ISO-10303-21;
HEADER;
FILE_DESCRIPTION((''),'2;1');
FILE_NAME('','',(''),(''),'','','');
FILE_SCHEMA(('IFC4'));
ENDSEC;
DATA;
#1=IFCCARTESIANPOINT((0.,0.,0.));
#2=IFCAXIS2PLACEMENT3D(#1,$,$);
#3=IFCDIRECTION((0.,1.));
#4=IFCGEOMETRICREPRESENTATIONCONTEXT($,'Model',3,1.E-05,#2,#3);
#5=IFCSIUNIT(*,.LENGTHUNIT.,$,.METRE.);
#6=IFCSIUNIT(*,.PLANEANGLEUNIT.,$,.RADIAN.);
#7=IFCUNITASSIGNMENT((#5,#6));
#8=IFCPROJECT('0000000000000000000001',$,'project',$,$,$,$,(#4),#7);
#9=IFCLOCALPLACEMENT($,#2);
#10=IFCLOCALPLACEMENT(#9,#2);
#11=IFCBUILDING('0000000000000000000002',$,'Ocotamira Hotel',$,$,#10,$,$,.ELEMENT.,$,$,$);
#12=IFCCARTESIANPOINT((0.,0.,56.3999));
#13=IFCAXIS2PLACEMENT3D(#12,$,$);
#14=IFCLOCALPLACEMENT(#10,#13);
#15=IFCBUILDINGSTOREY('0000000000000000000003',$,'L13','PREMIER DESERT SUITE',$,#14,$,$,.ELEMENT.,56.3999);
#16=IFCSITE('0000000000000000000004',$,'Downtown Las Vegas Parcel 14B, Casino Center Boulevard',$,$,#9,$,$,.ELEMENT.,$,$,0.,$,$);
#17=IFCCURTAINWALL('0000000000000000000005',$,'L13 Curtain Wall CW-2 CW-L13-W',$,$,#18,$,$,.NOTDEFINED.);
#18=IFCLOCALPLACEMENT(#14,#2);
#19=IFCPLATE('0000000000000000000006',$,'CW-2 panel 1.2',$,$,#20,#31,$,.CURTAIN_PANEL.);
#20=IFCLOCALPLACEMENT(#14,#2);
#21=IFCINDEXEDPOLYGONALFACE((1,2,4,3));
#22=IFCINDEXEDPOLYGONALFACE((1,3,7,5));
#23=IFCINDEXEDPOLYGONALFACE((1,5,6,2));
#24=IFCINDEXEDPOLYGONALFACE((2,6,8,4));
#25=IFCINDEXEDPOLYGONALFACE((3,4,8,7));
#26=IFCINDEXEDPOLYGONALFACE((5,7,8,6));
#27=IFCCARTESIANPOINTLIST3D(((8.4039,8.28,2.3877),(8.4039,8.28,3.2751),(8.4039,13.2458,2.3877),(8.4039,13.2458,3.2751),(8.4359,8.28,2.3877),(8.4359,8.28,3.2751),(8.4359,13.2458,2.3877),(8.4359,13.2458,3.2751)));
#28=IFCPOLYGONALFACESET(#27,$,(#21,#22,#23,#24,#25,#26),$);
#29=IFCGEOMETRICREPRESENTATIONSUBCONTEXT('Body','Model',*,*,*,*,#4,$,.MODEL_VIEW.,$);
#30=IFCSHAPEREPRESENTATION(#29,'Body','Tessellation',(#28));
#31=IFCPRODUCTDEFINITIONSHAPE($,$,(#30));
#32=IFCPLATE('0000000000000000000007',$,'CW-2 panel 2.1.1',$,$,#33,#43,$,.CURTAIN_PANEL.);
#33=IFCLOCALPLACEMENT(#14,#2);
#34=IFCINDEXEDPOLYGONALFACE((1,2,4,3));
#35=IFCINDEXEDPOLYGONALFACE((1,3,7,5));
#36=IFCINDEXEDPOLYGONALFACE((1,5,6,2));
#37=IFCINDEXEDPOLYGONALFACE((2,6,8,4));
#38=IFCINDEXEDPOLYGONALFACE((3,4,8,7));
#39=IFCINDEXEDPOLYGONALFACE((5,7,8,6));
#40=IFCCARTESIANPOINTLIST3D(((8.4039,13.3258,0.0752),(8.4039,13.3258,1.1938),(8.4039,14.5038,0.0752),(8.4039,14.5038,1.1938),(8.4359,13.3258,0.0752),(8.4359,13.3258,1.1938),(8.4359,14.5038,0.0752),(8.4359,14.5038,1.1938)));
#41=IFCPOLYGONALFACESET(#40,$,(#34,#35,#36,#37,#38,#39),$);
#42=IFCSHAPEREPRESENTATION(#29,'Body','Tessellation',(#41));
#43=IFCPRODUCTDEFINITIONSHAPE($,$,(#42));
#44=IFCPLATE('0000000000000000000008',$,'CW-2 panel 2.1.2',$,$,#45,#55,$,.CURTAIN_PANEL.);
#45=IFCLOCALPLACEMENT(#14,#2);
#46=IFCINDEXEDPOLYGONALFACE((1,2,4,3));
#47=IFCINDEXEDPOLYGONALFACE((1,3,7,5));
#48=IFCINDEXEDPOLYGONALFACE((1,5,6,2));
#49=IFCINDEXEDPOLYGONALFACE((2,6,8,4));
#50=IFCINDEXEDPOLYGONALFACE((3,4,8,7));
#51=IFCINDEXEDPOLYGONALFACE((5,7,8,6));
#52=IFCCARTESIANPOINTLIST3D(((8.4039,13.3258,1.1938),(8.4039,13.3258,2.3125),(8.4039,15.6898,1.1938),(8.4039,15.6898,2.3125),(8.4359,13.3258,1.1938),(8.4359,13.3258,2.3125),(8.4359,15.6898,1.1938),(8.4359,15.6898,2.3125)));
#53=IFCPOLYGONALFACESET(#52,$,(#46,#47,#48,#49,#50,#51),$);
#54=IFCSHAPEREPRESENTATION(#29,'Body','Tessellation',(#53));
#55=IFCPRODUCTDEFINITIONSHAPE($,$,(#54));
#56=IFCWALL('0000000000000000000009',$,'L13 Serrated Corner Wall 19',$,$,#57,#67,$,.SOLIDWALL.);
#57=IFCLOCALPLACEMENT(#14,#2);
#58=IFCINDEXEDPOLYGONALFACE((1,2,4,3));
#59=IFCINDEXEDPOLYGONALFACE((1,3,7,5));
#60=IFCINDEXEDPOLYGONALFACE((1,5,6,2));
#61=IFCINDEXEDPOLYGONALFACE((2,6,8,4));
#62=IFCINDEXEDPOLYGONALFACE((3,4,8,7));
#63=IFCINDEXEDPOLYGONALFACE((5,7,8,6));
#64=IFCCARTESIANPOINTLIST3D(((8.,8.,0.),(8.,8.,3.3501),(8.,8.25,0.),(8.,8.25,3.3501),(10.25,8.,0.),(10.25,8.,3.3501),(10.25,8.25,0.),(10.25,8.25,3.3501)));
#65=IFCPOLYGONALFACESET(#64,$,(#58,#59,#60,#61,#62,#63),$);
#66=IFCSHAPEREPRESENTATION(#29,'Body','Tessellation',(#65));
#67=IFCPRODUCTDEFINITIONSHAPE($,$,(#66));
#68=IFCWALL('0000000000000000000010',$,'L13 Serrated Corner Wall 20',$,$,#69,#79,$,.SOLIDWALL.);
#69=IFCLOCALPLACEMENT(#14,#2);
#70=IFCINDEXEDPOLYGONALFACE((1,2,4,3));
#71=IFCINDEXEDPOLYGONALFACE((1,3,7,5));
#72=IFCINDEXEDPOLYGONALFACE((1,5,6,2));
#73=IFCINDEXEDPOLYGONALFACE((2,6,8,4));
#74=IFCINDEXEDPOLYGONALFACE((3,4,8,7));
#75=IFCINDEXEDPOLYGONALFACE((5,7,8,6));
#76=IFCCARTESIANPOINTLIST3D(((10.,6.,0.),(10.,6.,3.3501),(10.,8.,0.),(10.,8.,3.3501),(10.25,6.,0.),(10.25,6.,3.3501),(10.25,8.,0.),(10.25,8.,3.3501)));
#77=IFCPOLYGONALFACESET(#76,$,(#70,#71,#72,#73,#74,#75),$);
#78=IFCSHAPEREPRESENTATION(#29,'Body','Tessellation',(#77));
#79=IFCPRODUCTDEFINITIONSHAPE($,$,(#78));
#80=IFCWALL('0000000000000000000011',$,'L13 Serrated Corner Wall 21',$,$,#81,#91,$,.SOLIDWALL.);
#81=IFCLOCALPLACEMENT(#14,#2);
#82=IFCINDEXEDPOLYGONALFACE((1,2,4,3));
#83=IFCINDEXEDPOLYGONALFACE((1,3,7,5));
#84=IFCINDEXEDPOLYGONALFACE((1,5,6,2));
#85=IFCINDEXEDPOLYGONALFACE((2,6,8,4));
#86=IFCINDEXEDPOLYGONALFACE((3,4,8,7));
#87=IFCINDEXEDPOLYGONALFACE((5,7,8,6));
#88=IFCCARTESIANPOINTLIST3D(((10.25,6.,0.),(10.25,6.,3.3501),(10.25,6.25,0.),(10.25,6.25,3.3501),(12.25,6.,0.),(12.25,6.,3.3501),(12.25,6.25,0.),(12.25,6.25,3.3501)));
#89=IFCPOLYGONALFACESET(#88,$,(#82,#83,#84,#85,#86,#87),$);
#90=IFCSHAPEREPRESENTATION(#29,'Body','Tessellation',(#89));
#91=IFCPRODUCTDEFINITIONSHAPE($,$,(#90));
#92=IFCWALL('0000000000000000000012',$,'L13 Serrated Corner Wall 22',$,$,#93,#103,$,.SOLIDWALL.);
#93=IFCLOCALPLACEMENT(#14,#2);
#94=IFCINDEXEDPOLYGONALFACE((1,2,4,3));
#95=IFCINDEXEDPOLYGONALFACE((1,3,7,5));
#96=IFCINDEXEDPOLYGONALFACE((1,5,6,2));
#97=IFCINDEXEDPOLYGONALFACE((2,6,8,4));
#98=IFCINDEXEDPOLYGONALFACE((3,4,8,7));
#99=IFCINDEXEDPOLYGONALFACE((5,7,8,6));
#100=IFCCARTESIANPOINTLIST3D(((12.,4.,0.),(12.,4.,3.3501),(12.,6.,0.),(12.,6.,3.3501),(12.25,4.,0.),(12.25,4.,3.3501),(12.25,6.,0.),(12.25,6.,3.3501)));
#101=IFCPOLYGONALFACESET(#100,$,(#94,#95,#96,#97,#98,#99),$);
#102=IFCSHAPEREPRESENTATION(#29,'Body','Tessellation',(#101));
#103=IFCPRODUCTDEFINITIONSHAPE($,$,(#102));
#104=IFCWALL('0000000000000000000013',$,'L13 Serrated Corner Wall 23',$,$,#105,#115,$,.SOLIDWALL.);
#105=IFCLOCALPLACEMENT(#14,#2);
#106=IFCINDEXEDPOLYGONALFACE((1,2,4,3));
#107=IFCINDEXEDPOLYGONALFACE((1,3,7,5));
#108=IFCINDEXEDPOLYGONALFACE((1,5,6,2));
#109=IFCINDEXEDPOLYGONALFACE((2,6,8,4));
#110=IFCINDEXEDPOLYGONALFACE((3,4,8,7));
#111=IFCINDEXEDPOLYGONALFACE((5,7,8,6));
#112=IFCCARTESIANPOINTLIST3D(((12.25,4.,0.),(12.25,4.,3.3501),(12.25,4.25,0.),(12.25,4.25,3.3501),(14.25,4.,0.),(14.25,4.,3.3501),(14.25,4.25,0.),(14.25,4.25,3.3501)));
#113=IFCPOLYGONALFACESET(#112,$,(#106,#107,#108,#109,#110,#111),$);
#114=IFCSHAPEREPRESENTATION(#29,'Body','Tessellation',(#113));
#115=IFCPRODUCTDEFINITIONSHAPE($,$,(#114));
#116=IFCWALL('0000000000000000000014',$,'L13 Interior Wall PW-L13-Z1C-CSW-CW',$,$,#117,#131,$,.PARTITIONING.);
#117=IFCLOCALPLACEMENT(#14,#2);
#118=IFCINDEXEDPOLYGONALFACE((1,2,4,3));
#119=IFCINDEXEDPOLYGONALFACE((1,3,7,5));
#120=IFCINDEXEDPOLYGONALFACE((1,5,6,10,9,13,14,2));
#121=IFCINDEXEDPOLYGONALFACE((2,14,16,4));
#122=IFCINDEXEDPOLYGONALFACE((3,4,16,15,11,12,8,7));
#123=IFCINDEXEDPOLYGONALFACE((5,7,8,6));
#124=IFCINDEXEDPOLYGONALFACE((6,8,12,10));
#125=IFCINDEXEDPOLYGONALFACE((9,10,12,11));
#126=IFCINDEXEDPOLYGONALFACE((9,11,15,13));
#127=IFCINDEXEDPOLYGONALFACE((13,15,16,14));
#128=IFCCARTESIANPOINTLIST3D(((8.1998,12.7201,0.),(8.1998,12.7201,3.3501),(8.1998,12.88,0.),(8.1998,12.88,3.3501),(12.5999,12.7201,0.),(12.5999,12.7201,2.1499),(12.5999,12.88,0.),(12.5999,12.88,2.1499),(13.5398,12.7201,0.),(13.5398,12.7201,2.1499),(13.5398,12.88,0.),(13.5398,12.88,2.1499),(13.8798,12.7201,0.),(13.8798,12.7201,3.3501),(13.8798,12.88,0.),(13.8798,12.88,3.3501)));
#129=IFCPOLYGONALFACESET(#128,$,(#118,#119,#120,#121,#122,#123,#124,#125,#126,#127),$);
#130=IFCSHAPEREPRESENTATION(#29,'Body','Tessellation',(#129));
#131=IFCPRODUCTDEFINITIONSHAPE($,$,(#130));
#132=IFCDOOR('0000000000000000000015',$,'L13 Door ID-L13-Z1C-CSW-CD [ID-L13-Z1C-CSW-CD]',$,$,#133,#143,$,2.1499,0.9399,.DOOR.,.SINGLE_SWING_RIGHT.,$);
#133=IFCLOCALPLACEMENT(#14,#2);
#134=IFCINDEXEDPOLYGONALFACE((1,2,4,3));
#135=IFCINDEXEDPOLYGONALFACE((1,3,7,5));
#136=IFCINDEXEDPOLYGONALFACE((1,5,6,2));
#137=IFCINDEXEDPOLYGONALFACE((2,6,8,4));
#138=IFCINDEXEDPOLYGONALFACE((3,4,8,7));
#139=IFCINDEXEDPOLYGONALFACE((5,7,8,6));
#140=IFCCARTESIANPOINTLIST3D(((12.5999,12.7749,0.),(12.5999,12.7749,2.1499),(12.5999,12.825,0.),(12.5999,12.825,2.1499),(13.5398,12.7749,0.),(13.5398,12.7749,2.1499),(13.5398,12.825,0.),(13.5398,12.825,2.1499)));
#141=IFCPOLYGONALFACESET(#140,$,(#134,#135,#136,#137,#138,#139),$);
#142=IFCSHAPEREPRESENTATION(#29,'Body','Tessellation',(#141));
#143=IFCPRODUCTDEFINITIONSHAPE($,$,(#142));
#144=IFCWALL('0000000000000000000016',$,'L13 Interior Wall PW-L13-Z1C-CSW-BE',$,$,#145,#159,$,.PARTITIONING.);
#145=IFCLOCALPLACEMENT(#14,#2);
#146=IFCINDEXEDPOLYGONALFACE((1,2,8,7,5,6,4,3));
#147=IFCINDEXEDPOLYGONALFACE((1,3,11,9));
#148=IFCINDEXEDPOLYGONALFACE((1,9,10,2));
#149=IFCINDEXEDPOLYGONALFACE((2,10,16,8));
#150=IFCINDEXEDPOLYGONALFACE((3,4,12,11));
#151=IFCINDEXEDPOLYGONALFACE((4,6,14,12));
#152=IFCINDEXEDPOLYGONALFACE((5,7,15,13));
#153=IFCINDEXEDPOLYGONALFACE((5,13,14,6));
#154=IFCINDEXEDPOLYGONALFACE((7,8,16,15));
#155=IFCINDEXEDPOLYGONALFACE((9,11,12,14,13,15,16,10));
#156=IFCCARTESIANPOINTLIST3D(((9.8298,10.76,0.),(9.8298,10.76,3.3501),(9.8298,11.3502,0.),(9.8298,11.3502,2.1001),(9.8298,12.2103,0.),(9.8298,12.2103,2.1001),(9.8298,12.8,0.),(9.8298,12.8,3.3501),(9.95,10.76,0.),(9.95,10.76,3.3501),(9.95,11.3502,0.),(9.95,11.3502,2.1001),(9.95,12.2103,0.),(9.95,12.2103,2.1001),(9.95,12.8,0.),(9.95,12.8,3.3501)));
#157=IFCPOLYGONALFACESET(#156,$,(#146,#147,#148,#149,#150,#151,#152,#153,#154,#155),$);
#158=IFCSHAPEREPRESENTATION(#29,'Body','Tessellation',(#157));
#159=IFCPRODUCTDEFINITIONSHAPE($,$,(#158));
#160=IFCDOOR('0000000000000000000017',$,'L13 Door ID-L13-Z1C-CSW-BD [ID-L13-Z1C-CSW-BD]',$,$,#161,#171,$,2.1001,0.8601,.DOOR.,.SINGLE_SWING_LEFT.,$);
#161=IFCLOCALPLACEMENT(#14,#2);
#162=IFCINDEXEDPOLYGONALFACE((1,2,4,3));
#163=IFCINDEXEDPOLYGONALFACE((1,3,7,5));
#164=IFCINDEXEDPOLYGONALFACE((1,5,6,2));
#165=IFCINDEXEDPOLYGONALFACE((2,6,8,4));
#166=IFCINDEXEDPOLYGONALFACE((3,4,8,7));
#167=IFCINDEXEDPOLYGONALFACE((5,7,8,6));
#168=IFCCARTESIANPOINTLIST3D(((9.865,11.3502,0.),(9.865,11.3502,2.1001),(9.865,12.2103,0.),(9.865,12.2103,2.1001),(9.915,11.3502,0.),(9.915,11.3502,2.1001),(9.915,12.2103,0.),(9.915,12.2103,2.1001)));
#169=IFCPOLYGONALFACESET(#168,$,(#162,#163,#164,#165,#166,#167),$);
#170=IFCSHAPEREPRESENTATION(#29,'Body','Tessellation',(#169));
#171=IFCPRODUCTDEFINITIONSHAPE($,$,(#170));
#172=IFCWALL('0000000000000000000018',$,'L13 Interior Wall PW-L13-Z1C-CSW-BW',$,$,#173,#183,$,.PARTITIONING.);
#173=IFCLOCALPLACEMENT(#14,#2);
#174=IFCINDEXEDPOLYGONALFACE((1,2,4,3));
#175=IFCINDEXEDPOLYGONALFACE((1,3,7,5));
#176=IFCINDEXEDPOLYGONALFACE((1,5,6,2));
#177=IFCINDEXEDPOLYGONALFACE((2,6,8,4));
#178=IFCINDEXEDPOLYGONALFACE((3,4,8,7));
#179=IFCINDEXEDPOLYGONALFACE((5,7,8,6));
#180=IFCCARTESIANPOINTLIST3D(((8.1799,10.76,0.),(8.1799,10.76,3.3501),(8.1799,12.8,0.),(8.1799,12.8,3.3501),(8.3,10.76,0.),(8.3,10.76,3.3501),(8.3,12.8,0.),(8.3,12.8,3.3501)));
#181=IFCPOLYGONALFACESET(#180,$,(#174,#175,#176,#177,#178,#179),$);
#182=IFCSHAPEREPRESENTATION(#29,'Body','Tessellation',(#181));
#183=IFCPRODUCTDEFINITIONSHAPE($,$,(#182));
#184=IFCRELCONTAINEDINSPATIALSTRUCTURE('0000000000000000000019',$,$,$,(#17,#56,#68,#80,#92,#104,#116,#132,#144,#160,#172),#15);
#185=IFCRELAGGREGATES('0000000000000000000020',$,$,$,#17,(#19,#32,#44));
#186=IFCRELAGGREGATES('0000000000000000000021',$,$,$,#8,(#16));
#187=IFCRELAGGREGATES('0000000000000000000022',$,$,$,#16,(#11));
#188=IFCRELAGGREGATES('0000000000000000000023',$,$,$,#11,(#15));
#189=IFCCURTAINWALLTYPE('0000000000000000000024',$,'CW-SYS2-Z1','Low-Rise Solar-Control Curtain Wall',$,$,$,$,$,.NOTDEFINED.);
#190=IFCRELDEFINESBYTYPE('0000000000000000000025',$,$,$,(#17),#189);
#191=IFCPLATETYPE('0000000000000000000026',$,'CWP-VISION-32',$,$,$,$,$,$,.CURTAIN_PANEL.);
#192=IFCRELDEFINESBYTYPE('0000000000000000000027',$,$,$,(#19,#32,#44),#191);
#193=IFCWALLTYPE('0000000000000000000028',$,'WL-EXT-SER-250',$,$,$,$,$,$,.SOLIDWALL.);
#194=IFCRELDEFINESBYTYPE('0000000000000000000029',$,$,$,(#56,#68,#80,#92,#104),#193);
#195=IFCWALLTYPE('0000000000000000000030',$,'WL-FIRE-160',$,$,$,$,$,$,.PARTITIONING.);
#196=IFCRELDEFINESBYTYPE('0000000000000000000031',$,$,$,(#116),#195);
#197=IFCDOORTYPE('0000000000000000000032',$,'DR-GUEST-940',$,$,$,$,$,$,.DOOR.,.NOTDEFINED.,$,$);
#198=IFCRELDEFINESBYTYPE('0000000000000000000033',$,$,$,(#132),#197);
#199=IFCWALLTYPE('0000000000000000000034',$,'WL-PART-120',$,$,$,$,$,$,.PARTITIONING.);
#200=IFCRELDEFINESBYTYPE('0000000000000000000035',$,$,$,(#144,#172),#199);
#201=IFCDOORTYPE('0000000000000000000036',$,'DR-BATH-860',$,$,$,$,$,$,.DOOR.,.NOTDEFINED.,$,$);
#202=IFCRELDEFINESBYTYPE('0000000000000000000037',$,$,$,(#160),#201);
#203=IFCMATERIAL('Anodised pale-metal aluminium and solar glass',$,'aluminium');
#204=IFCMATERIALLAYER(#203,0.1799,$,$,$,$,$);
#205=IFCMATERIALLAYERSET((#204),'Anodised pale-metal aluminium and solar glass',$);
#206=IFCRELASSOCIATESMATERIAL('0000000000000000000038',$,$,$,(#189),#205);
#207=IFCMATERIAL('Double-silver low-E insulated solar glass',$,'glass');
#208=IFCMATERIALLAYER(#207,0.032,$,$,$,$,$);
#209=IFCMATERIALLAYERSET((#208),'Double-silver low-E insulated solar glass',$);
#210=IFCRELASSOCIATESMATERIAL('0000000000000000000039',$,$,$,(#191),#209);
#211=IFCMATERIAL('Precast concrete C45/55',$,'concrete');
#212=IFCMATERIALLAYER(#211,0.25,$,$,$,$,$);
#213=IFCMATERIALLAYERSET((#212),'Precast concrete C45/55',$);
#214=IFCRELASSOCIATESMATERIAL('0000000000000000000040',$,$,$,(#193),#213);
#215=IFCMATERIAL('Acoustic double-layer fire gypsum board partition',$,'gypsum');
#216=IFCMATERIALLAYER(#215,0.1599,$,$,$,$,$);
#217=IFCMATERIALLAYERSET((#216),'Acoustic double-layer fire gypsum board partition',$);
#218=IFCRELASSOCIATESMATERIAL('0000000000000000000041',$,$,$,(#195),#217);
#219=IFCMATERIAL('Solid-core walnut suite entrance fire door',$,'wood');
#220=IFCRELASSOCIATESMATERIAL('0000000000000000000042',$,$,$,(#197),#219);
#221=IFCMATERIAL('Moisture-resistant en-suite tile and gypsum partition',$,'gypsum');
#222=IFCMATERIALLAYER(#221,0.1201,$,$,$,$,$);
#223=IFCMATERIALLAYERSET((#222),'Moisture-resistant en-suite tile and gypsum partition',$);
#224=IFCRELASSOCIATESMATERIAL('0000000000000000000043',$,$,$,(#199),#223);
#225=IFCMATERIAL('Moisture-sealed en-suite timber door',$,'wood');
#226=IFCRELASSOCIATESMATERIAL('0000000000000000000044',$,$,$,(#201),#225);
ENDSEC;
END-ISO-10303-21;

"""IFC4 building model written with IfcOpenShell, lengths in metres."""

from ifc_helpers import new_model, si_unit, direction, frame, frame_2d, origin, origin_2d, place, context, subcontext, project, spatial, rectangle, extrude, source, transform, mapped, material, layer, layer_set, type_object, element, fill, aggregate, save


model = new_model("IFC4")

# Units and contexts
model_context = context("Model", 3, precision=1e-05, world=origin(), true_north=direction((0.0, 1.0)))
body_context = subcontext(model_context, "Body", "Model", "MODEL_VIEW")
ifc_project = project(units=[si_unit("LENGTHUNIT", "METRE"), si_unit("PLANEANGLEUNIT", "RADIAN")], contexts=[model_context])

# Site, building, storey
site_placement = place(None, origin())
site = spatial("IfcSite", under=ifc_project, at=site_placement, Name="Downtown Las Vegas Parcel 14B, Casino Center Boulevard", CompositionType="ELEMENT", RefElevation=0.0)
building_placement = place(site_placement, origin())
building = spatial("IfcBuilding", under=site, at=building_placement, Name="Ocotamira Hotel", CompositionType="ELEMENT")
storey_placement = place(building_placement, frame((0.0, 0.0, 56.3999)))
storey = spatial("IfcBuildingStorey", under=building, at=storey_placement, Name="L13", Description="PREMIER DESERT SUITE", CompositionType="ELEMENT", Elevation=56.3999)

# Curtain wall
ifc_material_1 = material(Name="Anodised pale-metal aluminium and solar glass", Category="aluminium")
ifc_layer_1 = layer(ifc_material_1, 0.1799)
ifc_layer_set_1 = layer_set([ifc_layer_1], Name="Anodised pale-metal aluminium and solar glass")
curtain_wall_type = type_object("IfcCurtainWallType", Name="CW-SYS2-Z1", Description="Low-Rise Solar-Control Curtain Wall", PredefinedType="NOTDEFINED", material=ifc_layer_set_1)
curtain_wall_placement = place(storey_placement, origin())
curtain_wall = element("IfcCurtainWall", 1, at=curtain_wall_placement, inside=storey, type_object=curtain_wall_type, Name="L13 Curtain Wall CW-2 CW-L13-W", PredefinedType="NOTDEFINED")

# Plates
ifc_material_2 = material(Name="Double-silver low-E insulated solar glass", Category="glass")
ifc_layer_2 = layer(ifc_material_2, 0.032)
ifc_layer_set_2 = layer_set([ifc_layer_2], Name="Double-silver low-E insulated solar glass")
plate_type = type_object("IfcPlateType", Name="CWP-VISION-32", PredefinedType="CURTAIN_PANEL", material=ifc_layer_set_2)
shared_shape_1 = source(origin(), body_context, "Body", "SweptSolid", [
    extrude(rectangle(XDim=4.9658, YDim=0.032, at=origin_2d()), origin(), (0.0, 0.0, 1.0), 0.8875),
])
plate_1_placement = place(storey_placement, frame((8.4199, 10.7629, 2.3877), z_axis=(0.0, 0.0, 1.0), x_axis=(0.0, 1.0, 0.0)))
plate_1 = element("IfcPlate", 2, at=plate_1_placement, type_object=plate_type, Name="CW-2 panel 1.2", PredefinedType="CURTAIN_PANEL", context=body_context, shape_type="MappedRepresentation", body=[
    mapped(shared_shape_1, transform((0.0, 0.0, 0.0), scale=1.0)),
])
shared_shape_2 = source(origin(), body_context, "Body", "SweptSolid", [
    extrude(rectangle(XDim=1.178, YDim=0.032, at=origin_2d()), origin(), (0.0, 0.0, 1.0), 1.1187),
])
plate_2_placement = place(storey_placement, frame((8.4199, 13.9148, 0.0752), z_axis=(0.0, 0.0, 1.0), x_axis=(0.0, 1.0, 0.0)))
plate_2 = element("IfcPlate", 3, at=plate_2_placement, type_object=plate_type, Name="CW-2 panel 2.1.1", PredefinedType="CURTAIN_PANEL", context=body_context, shape_type="MappedRepresentation", body=[
    mapped(shared_shape_2, transform((0.0, 0.0, 0.0), scale=1.0)),
])
shared_shape_3 = source(origin(), body_context, "Body", "SweptSolid", [
    extrude(rectangle(XDim=2.364, YDim=0.032, at=origin_2d()), origin(), (0.0, 0.0, 1.0), 1.1187),
])
plate_3_placement = place(storey_placement, frame((8.4199, 14.5078, 1.1938), z_axis=(0.0, 0.0, 1.0), x_axis=(0.0, 1.0, 0.0)))
plate_3 = element("IfcPlate", 4, at=plate_3_placement, type_object=plate_type, Name="CW-2 panel 2.1.2", PredefinedType="CURTAIN_PANEL", context=body_context, shape_type="MappedRepresentation", body=[
    mapped(shared_shape_3, transform((0.0, 0.0, 0.0), scale=1.0)),
])
aggregate(curtain_wall, [plate_1, plate_2, plate_3])

# Walls
ifc_material_3 = material(Name="Precast concrete C45/55", Category="concrete")
ifc_layer_3 = layer(ifc_material_3, 0.25)
ifc_layer_set_3 = layer_set([ifc_layer_3], Name="Precast concrete C45/55")
wall_type_1 = type_object("IfcWallType", Name="WL-EXT-SER-250", PredefinedType="SOLIDWALL", material=ifc_layer_set_3)
wall_1_placement = place(storey_placement, frame((8.0, 8.125, 0.0), z_axis=(0.0, 0.0, 1.0), x_axis=(1.0, 0.0, 0.0)))
element("IfcWall", 5, at=wall_1_placement, inside=storey, type_object=wall_type_1, Name="L13 Serrated Corner Wall 19", PredefinedType="SOLIDWALL", context=body_context, shape_type="SweptSolid", body=[
    extrude(rectangle(XDim=2.25, YDim=0.25, at=frame_2d((1.125, 0.0))), origin(), (0.0, 0.0, 1.0), 3.3501),
])
for number, where, z_axis, x_axis, name in (
    (6, (10.125, 8.0, 0.0), (0.0, 0.0, 1.0), (0.0, -1.0, 0.0), "L13 Serrated Corner Wall 20"),
    (7, (10.25, 6.125, 0.0), (0.0, 0.0, 1.0), (1.0, 0.0, 0.0), "L13 Serrated Corner Wall 21"),
    (8, (12.125, 6.0, 0.0), (0.0, 0.0, 1.0), (0.0, -1.0, 0.0), "L13 Serrated Corner Wall 22"),
    (9, (12.25, 4.125, 0.0), (0.0, 0.0, 1.0), (1.0, 0.0, 0.0), "L13 Serrated Corner Wall 23"),
):
    element("IfcWall", number, at=place(storey_placement, frame(where, z_axis=z_axis, x_axis=x_axis)), inside=storey, type_object=wall_type_1, Name=name, PredefinedType="SOLIDWALL", context=body_context, shape_type="SweptSolid", body=[
        extrude(rectangle(XDim=2.0, YDim=0.25, at=frame_2d((1.0, 0.0))), origin(), (0.0, 0.0, 1.0), 3.3501),
    ])

# Walls, openings, doors
ifc_material_4 = material(Name="Acoustic double-layer fire gypsum board partition", Category="gypsum")
ifc_layer_4 = layer(ifc_material_4, 0.1599)
ifc_layer_set_4 = layer_set([ifc_layer_4], Name="Acoustic double-layer fire gypsum board partition")
wall_type_2 = type_object("IfcWallType", Name="WL-FIRE-160", PredefinedType="PARTITIONING", material=ifc_layer_set_4)
wall_2_placement = place(storey_placement, frame((8.2, 12.8, 0.0), z_axis=(0.0, 0.0, 1.0), x_axis=(1.0, 0.0, 0.0)))
wall_2 = element("IfcWall", 10, at=wall_2_placement, inside=storey, type_object=wall_type_2, Name="L13 Interior Wall PW-L13-Z1C-CSW-CW", PredefinedType="PARTITIONING", context=body_context, shape_type="SweptSolid", body=[
    extrude(rectangle(XDim=5.6799, YDim=0.1599, at=frame_2d((2.8398, 0.0))), origin(), (0.0, 0.0, 1.0), 3.3501),
])
opening_1_placement = place(wall_2_placement, frame((4.3999, 0.0, 0.0)))
opening_1 = element("IfcOpeningElement", 11, at=opening_1_placement, cuts=wall_2, PredefinedType="OPENING", context=body_context, shape_type="SweptSolid", body=[
    extrude(rectangle(XDim=0.9399, YDim=2.1499, at=frame_2d((0.47, 1.075))), frame((0.0, 0.0898, 0.0), z_axis=(0.0, -1.0, 0.0), x_axis=(1.0, 0.0, 0.0)), (0.0, 0.0, 1.0), 0.1799),
])
ifc_material_5 = material(Name="Solid-core walnut suite entrance fire door", Category="wood")
door_type_1 = type_object("IfcDoorType", Name="DR-GUEST-940", OperationType="NOTDEFINED", PredefinedType="DOOR", material=ifc_material_5)
shared_shape_4 = source(origin(), body_context, "Body", "SweptSolid", [
    extrude(rectangle(XDim=0.9399, YDim=2.1499, at=frame_2d((0.47, 1.075))), frame((0.0, 0.0249, 0.0), z_axis=(0.0, -1.0, 0.0), x_axis=(1.0, 0.0, 0.0)), (0.0, 0.0, 1.0), 0.05),
])
door_1_placement = place(opening_1_placement, origin())
door_1 = element("IfcDoor", 12, at=door_1_placement, inside=storey, type_object=door_type_1, Name="L13 Door ID-L13-Z1C-CSW-CD [ID-L13-Z1C-CSW-CD]", OperationType="SINGLE_SWING_RIGHT", OverallHeight=2.1499, OverallWidth=0.9399, PredefinedType="DOOR", context=body_context, shape_type="MappedRepresentation", body=[
    mapped(shared_shape_4, transform((0.0, 0.0, 0.0), scale=1.0)),
])
fill(opening_1, door_1)
ifc_material_6 = material(Name="Moisture-resistant en-suite tile and gypsum partition", Category="gypsum")
ifc_layer_5 = layer(ifc_material_6, 0.1201)
ifc_layer_set_5 = layer_set([ifc_layer_5], Name="Moisture-resistant en-suite tile and gypsum partition")
wall_type_3 = type_object("IfcWallType", Name="WL-PART-120", PredefinedType="PARTITIONING", material=ifc_layer_set_5)
wall_3_placement = place(storey_placement, frame((9.8899, 10.76, 0.0), z_axis=(0.0, 0.0, 1.0), x_axis=(0.0, 1.0, 0.0)))
wall_3 = element("IfcWall", 13, at=wall_3_placement, inside=storey, type_object=wall_type_3, Name="L13 Interior Wall PW-L13-Z1C-CSW-BE", PredefinedType="PARTITIONING", context=body_context, shape_type="SweptSolid", body=[
    extrude(rectangle(XDim=2.04, YDim=0.1201, at=frame_2d((1.02, 0.0))), origin(), (0.0, 0.0, 1.0), 3.3501),
])
opening_2_placement = place(wall_3_placement, frame((0.5901, 0.0, 0.0)))
opening_2 = element("IfcOpeningElement", 14, at=opening_2_placement, cuts=wall_3, PredefinedType="OPENING", context=body_context, shape_type="SweptSolid", body=[
    extrude(rectangle(XDim=0.8601, YDim=2.1001, at=frame_2d((0.4302, 1.05))), frame((0.0, 0.0701, 0.0), z_axis=(0.0, -1.0, 0.0), x_axis=(1.0, 0.0, 0.0)), (0.0, 0.0, 1.0), 0.1401),
])
ifc_material_7 = material(Name="Moisture-sealed en-suite timber door", Category="wood")
door_type_2 = type_object("IfcDoorType", Name="DR-BATH-860", OperationType="NOTDEFINED", PredefinedType="DOOR", material=ifc_material_7)
shared_shape_5 = source(origin(), body_context, "Body", "SweptSolid", [
    extrude(rectangle(XDim=0.8601, YDim=2.1001, at=frame_2d((0.4302, 1.05))), frame((0.0, 0.0249, 0.0), z_axis=(0.0, -1.0, 0.0), x_axis=(1.0, 0.0, 0.0)), (0.0, 0.0, 1.0), 0.05),
])
door_2_placement = place(opening_2_placement, origin())
door_2 = element("IfcDoor", 15, at=door_2_placement, inside=storey, type_object=door_type_2, Name="L13 Door ID-L13-Z1C-CSW-BD [ID-L13-Z1C-CSW-BD]", OperationType="SINGLE_SWING_LEFT", OverallHeight=2.1001, OverallWidth=0.8601, PredefinedType="DOOR", context=body_context, shape_type="MappedRepresentation", body=[
    mapped(shared_shape_5, transform((0.0, 0.0, 0.0), scale=1.0)),
])
fill(opening_2, door_2)

# Wall
wall_4_placement = place(storey_placement, frame((8.24, 10.76, 0.0), z_axis=(0.0, 0.0, 1.0), x_axis=(0.0, 1.0, 0.0)))
element("IfcWall", 16, at=wall_4_placement, inside=storey, type_object=wall_type_3, Name="L13 Interior Wall PW-L13-Z1C-CSW-BW", PredefinedType="PARTITIONING", context=body_context, shape_type="SweptSolid", body=[
    extrude(rectangle(XDim=2.04, YDim=0.1201, at=frame_2d((1.02, 0.0))), origin(), (0.0, 0.0, 1.0), 3.3501),
])

save(model, "model.ifc")
